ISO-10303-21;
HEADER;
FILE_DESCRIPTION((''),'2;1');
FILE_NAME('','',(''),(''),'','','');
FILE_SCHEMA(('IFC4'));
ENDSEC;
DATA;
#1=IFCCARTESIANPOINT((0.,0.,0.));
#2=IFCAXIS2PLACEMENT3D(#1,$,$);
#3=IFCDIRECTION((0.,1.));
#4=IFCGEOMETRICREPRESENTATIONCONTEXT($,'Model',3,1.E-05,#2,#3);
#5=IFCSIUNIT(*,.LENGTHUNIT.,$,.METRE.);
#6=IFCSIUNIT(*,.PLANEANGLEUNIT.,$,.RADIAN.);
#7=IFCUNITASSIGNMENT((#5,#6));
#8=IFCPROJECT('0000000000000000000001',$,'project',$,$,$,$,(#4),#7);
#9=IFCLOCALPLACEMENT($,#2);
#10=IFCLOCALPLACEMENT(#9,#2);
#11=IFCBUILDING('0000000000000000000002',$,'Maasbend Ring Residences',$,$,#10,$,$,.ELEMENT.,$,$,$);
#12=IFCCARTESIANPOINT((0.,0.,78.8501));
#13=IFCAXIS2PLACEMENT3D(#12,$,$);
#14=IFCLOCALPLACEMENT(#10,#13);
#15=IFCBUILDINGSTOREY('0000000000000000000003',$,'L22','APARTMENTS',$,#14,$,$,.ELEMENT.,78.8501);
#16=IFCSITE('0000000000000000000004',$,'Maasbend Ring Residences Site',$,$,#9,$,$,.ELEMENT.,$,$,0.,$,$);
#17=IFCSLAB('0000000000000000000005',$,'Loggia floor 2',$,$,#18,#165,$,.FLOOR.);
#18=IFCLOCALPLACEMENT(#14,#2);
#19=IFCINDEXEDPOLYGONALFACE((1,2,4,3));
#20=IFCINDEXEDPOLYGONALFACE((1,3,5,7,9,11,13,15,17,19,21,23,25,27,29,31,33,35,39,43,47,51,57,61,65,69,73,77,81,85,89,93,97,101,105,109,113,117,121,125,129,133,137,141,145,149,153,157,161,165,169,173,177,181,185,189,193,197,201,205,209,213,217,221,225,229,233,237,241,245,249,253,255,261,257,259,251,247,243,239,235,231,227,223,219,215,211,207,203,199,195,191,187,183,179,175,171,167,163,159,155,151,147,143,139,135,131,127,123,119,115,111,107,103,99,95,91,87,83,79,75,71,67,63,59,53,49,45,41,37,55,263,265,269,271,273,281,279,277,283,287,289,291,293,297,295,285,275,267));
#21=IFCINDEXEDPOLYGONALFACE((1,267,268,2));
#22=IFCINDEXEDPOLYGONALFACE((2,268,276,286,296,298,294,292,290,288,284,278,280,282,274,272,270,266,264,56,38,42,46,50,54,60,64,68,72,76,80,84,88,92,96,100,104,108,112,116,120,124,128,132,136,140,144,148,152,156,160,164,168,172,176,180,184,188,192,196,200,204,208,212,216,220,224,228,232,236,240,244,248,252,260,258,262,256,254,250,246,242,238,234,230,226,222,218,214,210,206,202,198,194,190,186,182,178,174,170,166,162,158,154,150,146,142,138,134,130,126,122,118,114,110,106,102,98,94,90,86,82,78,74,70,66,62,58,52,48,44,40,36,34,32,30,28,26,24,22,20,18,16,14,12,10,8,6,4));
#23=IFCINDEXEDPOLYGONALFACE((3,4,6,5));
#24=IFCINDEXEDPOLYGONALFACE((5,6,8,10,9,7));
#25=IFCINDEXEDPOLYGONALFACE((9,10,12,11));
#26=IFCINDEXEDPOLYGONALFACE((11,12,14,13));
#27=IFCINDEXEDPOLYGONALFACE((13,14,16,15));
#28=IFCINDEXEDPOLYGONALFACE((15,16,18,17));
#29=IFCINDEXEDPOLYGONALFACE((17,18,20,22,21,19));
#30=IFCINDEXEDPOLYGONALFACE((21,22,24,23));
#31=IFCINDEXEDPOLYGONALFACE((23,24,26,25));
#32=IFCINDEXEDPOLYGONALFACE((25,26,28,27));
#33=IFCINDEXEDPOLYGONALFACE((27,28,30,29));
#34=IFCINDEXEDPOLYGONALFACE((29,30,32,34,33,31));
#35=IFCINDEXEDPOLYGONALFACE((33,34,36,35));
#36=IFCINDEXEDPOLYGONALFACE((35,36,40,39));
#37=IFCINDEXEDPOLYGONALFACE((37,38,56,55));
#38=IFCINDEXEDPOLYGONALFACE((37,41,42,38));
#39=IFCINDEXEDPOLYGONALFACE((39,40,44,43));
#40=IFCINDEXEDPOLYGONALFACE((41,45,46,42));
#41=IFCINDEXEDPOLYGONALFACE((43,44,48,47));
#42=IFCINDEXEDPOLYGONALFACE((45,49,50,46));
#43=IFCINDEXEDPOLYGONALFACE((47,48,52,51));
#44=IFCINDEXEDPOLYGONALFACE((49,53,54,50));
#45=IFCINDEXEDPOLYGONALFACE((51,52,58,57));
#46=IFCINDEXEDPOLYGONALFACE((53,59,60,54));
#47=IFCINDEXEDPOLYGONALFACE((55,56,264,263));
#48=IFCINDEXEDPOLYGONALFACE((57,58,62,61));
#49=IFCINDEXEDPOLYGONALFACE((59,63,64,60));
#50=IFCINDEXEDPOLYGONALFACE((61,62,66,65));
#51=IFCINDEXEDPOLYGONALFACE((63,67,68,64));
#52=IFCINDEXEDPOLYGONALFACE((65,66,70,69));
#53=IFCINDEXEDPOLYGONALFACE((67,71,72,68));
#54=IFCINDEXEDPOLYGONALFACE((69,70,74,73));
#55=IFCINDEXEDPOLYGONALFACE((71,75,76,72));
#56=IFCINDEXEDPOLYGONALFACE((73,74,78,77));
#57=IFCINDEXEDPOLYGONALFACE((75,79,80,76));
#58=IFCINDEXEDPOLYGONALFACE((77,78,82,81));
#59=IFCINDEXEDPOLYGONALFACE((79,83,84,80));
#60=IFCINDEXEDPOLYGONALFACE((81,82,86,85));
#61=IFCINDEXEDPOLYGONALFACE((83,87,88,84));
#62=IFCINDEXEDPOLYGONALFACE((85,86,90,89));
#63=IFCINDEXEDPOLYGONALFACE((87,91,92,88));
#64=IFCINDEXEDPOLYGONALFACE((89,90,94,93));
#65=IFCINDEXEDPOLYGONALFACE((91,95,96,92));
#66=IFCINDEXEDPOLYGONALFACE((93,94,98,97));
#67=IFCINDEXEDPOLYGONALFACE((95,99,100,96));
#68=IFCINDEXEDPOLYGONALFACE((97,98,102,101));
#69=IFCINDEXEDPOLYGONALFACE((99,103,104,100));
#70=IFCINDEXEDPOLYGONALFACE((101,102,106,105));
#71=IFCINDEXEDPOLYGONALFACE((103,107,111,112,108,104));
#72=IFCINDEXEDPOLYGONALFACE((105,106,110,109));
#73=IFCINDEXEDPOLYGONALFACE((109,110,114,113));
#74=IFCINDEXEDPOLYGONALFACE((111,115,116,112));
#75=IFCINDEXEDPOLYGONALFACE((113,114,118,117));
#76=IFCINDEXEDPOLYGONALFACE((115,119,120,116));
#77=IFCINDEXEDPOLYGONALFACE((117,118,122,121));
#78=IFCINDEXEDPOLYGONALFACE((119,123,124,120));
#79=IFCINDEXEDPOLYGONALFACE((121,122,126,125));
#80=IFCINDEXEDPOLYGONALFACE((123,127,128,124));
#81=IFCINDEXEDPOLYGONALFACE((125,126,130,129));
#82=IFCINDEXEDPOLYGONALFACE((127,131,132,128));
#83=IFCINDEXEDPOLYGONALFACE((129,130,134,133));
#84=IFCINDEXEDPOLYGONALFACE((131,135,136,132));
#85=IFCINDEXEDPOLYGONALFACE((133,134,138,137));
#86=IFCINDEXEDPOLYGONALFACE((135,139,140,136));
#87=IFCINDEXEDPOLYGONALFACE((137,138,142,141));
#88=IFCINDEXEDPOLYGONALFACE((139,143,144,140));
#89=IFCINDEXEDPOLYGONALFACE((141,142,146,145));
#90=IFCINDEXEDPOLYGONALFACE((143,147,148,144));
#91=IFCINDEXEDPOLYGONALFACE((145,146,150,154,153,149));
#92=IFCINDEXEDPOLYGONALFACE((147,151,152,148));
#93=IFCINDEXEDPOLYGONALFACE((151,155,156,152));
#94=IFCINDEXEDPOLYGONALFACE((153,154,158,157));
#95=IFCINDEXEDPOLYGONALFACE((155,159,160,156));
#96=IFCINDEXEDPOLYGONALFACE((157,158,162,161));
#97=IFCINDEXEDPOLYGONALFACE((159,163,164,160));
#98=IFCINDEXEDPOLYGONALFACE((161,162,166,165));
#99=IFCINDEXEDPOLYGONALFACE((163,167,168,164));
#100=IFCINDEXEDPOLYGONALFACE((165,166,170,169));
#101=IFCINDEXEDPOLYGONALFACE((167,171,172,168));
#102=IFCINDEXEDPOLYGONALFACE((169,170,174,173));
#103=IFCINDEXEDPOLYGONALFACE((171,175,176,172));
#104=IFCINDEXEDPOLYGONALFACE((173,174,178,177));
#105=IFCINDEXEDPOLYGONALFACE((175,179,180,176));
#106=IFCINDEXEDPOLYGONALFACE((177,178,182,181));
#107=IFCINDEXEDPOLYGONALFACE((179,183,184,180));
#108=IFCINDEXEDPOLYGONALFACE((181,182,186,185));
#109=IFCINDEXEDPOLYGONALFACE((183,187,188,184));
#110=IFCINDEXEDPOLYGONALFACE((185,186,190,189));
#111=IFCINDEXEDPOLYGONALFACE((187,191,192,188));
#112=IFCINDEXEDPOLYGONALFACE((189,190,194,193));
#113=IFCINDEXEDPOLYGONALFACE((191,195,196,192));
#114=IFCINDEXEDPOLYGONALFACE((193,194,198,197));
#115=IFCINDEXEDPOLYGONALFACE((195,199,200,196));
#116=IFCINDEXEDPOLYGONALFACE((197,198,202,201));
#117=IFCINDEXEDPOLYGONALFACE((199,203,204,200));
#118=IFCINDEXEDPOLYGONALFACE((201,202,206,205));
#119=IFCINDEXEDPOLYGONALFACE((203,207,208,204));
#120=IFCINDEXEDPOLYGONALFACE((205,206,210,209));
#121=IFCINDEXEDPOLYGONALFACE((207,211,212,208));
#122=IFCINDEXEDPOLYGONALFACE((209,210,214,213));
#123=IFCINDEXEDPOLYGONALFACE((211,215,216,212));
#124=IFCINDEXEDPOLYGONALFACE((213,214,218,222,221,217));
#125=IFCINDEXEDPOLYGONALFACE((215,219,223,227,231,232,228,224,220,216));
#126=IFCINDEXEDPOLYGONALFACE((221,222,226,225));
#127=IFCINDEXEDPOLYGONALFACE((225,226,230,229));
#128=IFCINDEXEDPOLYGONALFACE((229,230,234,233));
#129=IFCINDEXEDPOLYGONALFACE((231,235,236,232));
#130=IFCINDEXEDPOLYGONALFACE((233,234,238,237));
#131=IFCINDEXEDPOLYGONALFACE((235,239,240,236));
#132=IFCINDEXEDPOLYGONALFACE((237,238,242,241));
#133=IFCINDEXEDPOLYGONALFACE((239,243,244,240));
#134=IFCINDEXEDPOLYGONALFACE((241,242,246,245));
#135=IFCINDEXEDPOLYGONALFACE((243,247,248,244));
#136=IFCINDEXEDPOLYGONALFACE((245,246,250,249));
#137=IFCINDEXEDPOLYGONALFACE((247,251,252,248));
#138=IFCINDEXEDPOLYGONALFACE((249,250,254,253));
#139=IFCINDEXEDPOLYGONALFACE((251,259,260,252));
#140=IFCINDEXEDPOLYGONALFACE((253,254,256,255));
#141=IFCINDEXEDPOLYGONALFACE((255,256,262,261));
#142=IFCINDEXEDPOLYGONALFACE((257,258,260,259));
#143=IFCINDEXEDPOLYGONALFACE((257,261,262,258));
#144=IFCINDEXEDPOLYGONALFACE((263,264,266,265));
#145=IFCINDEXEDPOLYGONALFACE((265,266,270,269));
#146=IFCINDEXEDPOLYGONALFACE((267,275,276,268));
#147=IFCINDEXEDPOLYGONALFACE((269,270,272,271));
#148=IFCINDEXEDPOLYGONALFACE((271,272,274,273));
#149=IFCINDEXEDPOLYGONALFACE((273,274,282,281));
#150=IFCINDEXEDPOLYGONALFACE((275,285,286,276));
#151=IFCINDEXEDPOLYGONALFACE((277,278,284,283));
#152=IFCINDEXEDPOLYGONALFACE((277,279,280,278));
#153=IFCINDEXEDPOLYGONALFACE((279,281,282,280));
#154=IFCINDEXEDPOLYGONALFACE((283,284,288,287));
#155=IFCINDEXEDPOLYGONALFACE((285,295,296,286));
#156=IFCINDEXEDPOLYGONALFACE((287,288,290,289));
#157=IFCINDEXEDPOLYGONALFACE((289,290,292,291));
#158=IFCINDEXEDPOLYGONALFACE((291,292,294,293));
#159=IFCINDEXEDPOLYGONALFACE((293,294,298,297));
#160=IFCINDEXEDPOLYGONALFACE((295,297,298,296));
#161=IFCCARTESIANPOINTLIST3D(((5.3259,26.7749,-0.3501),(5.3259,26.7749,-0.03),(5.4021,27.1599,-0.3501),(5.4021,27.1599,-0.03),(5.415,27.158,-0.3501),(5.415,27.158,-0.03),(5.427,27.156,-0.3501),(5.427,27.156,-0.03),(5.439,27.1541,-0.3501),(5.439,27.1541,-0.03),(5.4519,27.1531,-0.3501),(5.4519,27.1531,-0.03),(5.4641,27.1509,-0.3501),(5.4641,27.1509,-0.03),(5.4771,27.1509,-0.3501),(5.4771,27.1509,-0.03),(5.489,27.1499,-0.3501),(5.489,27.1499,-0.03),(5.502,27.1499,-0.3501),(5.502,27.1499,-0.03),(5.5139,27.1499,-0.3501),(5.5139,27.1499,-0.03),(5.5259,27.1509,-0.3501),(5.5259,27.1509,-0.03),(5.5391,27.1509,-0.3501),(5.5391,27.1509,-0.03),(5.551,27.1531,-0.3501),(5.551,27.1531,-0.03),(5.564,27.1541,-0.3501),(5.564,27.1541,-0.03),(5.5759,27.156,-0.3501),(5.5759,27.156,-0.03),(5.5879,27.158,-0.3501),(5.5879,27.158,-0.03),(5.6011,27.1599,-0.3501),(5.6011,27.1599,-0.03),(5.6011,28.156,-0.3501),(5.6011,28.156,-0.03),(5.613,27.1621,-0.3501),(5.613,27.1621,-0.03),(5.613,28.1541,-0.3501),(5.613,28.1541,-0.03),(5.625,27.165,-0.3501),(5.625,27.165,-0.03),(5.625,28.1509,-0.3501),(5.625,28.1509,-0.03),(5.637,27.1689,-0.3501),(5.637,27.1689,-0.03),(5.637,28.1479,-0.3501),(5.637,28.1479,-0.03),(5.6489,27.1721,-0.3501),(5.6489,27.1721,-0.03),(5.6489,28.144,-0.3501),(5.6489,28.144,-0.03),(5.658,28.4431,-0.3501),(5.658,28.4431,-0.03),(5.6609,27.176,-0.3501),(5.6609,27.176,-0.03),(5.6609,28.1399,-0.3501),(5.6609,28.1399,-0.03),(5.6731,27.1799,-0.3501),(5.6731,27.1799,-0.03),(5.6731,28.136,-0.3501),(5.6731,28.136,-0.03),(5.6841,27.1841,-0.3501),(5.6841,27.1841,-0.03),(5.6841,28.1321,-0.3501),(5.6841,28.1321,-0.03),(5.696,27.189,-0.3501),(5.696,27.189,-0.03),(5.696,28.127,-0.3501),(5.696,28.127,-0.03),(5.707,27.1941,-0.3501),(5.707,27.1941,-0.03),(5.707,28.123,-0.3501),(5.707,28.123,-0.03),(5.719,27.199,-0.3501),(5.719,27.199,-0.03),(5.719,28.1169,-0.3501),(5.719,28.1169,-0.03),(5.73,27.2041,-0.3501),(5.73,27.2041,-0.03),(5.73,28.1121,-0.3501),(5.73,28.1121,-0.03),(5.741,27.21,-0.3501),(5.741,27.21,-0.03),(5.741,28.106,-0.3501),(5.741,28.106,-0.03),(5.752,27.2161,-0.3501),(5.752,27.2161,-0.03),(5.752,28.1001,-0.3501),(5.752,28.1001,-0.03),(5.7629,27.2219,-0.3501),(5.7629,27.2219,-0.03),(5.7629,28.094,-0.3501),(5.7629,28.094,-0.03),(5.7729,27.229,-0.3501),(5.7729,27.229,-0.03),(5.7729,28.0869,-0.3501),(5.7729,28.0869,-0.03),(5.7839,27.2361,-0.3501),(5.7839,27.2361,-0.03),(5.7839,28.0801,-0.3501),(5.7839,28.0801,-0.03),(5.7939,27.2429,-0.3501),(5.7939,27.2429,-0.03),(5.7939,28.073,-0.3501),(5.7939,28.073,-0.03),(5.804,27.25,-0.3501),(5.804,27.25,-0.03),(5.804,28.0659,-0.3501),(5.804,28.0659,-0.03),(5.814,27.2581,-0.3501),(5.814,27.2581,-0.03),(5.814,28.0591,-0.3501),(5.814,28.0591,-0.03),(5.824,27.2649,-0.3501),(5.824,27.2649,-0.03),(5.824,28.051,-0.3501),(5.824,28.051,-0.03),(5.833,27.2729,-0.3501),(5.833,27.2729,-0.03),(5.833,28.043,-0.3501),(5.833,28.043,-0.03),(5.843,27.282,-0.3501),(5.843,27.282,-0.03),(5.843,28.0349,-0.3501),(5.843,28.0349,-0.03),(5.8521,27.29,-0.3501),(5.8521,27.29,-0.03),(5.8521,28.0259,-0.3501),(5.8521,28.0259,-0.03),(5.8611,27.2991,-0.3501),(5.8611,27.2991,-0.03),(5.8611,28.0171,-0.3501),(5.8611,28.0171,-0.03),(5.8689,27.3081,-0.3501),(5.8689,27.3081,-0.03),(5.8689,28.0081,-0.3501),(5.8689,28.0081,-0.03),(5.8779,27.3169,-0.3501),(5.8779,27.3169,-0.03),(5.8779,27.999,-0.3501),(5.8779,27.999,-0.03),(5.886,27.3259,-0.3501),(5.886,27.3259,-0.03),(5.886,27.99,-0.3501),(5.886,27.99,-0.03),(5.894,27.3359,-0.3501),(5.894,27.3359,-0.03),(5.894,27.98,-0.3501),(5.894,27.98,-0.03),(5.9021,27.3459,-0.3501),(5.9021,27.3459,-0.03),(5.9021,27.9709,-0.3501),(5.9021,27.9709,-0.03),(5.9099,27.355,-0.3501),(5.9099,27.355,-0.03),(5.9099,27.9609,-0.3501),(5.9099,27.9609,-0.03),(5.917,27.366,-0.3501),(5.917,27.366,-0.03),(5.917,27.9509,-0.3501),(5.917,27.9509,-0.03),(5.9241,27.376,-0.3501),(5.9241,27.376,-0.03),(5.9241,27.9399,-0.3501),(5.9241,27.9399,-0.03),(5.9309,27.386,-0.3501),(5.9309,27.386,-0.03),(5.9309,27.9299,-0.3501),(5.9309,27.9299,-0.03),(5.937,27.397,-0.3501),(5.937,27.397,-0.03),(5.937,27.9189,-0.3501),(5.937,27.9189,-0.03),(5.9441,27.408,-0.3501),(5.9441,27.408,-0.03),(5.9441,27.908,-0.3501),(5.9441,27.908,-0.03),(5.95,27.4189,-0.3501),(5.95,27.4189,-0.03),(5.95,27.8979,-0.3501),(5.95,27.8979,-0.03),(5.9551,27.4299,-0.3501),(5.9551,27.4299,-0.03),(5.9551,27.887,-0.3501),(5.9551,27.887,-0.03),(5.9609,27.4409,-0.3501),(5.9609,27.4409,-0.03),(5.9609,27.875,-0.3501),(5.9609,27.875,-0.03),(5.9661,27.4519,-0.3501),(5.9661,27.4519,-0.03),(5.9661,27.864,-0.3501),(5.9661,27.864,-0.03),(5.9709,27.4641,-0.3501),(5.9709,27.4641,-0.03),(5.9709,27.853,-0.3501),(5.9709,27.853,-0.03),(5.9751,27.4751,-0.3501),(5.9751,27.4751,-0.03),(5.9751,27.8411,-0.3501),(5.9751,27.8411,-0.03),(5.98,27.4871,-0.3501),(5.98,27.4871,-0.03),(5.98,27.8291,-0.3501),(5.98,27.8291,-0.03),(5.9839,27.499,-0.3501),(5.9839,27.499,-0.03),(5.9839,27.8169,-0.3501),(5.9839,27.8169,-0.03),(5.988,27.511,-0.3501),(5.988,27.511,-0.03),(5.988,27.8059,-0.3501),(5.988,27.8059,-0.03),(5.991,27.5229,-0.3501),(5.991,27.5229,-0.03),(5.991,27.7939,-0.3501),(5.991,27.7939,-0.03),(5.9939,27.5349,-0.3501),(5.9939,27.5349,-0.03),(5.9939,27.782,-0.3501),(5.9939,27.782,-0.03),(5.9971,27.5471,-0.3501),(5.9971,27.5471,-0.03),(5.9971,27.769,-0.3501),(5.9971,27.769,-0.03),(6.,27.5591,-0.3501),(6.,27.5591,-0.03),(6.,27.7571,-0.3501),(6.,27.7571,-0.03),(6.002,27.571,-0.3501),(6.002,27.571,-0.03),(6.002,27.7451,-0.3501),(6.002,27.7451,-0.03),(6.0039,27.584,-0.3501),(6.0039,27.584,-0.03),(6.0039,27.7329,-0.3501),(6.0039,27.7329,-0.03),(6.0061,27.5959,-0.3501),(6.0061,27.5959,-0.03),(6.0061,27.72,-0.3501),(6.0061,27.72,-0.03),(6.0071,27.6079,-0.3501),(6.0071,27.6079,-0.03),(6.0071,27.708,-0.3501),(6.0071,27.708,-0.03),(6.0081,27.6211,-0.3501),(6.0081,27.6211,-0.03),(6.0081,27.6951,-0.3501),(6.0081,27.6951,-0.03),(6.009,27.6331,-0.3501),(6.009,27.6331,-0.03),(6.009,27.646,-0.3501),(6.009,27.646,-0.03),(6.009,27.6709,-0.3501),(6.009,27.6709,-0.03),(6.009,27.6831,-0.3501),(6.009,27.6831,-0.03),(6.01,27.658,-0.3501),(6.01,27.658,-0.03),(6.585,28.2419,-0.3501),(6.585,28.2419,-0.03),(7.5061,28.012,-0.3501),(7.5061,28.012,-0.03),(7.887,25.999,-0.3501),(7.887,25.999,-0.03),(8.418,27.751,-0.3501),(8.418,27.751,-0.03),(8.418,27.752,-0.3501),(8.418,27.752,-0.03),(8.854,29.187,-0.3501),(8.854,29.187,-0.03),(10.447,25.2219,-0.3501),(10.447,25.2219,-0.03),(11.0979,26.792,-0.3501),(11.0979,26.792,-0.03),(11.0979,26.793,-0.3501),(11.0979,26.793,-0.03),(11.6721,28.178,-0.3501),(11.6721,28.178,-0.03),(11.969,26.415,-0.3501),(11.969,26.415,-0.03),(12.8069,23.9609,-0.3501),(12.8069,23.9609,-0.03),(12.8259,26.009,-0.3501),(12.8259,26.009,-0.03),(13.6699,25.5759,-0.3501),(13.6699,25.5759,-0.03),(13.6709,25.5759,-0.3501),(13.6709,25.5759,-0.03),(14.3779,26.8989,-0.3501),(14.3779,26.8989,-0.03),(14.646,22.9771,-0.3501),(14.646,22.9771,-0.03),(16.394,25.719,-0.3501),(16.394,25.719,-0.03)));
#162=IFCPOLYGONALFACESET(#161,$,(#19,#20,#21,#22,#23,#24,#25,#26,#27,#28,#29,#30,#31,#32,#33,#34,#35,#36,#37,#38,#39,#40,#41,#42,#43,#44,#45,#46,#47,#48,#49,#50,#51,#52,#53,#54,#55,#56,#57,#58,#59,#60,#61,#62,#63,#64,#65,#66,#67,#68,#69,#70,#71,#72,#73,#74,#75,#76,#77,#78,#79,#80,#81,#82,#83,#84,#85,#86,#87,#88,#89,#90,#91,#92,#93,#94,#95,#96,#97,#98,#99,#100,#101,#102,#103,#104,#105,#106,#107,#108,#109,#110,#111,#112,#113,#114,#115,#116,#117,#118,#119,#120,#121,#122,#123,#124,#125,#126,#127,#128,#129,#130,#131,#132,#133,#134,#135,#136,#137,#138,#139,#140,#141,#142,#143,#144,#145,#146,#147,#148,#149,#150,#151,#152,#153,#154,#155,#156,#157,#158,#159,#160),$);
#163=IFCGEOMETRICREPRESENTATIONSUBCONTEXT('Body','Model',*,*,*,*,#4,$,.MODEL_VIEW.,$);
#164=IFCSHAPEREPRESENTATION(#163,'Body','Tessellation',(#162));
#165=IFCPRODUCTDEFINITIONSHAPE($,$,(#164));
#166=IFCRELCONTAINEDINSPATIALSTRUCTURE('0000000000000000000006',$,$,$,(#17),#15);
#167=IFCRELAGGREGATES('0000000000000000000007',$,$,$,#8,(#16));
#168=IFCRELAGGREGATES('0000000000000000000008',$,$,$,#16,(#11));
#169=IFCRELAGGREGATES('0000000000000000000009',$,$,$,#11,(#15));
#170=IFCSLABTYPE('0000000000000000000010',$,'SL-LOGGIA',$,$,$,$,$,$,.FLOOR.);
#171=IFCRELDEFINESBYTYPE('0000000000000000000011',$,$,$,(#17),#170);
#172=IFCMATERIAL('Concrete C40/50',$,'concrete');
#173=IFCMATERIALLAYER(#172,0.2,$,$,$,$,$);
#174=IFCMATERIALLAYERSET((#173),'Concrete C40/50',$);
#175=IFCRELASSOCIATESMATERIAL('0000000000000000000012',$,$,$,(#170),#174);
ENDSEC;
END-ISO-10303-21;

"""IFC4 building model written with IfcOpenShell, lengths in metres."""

from ifc_helpers import new_model, si_unit, direction, frame, origin, place, context, subcontext, project, spatial, polyline, outline, extrude, material, layer, layer_set, type_object, element, save


model = new_model("IFC4")

# Units and contexts
model_context = context("Model", 3, precision=1e-05, world=origin(), true_north=direction((0.0, 1.0)))
body_context = subcontext(model_context, "Body", "Model", "MODEL_VIEW")
ifc_project = project(units=[si_unit("LENGTHUNIT", "METRE"), si_unit("PLANEANGLEUNIT", "RADIAN")], contexts=[model_context])

# Site, building, storey
site_placement = place(None, origin())
site = spatial("IfcSite", under=ifc_project, at=site_placement, Name="Maasbend Ring Residences Site", CompositionType="ELEMENT", RefElevation=0.0)
building_placement = place(site_placement, origin())
building = spatial("IfcBuilding", under=site, at=building_placement, Name="Maasbend Ring Residences", CompositionType="ELEMENT")
storey_placement = place(building_placement, frame((0.0, 0.0, 78.8501)))
storey = spatial("IfcBuildingStorey", under=building, at=storey_placement, Name="L22", Description="APARTMENTS", CompositionType="ELEMENT", Elevation=78.8501)

# Slab
ifc_material_1 = material(Name="Concrete C40/50", Category="concrete")
ifc_layer_1 = layer(ifc_material_1, 0.2)
ifc_layer_set_1 = layer_set([ifc_layer_1], Name="Concrete C40/50")
slab_type_1 = type_object("IfcSlabType", Name="SL-LOGGIA", PredefinedType="FLOOR", material=ifc_layer_set_1)
slab_1_placement = place(storey_placement, frame((0.0, 0.0, -0.3501)))
element("IfcSlab", 1, at=slab_1_placement, inside=storey, type_object=slab_type_1, Name="Loggia floor 2", PredefinedType="FLOOR", context=body_context, shape_type="SweptSolid", body=[
    extrude(outline(polyline([(5.439, 27.1541), (5.4519, 27.1531), (5.4641, 27.1509), (5.4771, 27.1509), (5.489, 27.1499), (5.502, 27.1499), (5.5139, 27.1499), (5.5259, 27.1509), (5.5391, 27.1509), (5.551, 27.1531), (5.564, 27.1541), (5.5759, 27.156), (5.5879, 27.158), (5.6011, 27.1599), (5.613, 27.1621), (5.625, 27.165), (5.637, 27.1689), (5.6489, 27.1721), (5.6609, 27.176), (5.6731, 27.1799), (5.6841, 27.1841), (5.696, 27.189), (5.707, 27.1941), (5.719, 27.199), (5.73, 27.2041), (5.741, 27.21), (5.752, 27.2161), (5.7629, 27.2219), (5.7729, 27.229), (5.7839, 27.2361), (5.7939, 27.2429), (5.804, 27.25), (5.814, 27.2581), (5.824, 27.2649), (5.833, 27.2729), (5.843, 27.282), (5.8521, 27.29), (5.8611, 27.2991), (5.8689, 27.3081), (5.8779, 27.3169), (5.886, 27.3259), (5.894, 27.3359), (5.9021, 27.3459), (5.9099, 27.355), (5.917, 27.366), (5.9241, 27.376), (5.9309, 27.386), (5.937, 27.397), (5.9441, 27.408), (5.95, 27.4189), (5.9551, 27.4299), (5.9609, 27.4409), (5.9661, 27.4519), (5.9709, 27.4641), (5.9751, 27.4751), (5.98, 27.4871), (5.9839, 27.499), (5.988, 27.511), (5.991, 27.5229), (5.9939, 27.5349), (5.9971, 27.5471), (6.0, 27.5591), (6.002, 27.571), (6.0039, 27.584), (6.0061, 27.5959), (6.0071, 27.6079), (6.0081, 27.6211), (6.009, 27.6331), (6.009, 27.646), (6.01, 27.658), (6.009, 27.6709), (6.009, 27.6831), (6.0081, 27.6951), (6.0071, 27.708), (6.0061, 27.72), (6.0039, 27.7329), (6.002, 27.7451), (6.0, 27.7571), (5.9971, 27.769), (5.9939, 27.782), (5.991, 27.7939), (5.988, 27.8059), (5.9839, 27.8169), (5.98, 27.8291), (5.9751, 27.8411), (5.9709, 27.853), (5.9661, 27.864), (5.9609, 27.875), (5.9551, 27.887), (5.95, 27.8979), (5.9441, 27.908), (5.937, 27.9189), (5.9309, 27.9299), (5.9241, 27.9399), (5.917, 27.9509), (5.9099, 27.9609), (5.9021, 27.9709), (5.894, 27.98), (5.886, 27.99), (5.8779, 27.999), (5.8689, 28.0081), (5.8611, 28.0171), (5.8521, 28.0259), (5.843, 28.0349), (5.833, 28.043), (5.824, 28.051), (5.814, 28.0591), (5.804, 28.0659), (5.7939, 28.073), (5.7839, 28.0801), (5.7729, 28.0869), (5.7629, 28.094), (5.752, 28.1001), (5.741, 28.106), (5.73, 28.1121), (5.719, 28.1169), (5.707, 28.123), (5.696, 28.127), (5.6841, 28.1321), (5.6731, 28.136), (5.6609, 28.1399), (5.6489, 28.144), (5.637, 28.1479), (5.625, 28.1509), (5.613, 28.1541), (5.6011, 28.156), (5.658, 28.4431), (5.658, 28.4431), (5.658, 28.4431), (6.585, 28.2419), (6.585, 28.2419), (7.5061, 28.012), (7.5061, 28.012), (8.418, 27.751), (8.418, 27.751), (8.418, 27.751), (8.418, 27.751), (8.418, 27.751), (8.418, 27.751), (8.418, 27.751), (8.418, 27.751), (8.418, 27.751), (8.418, 27.751), (8.418, 27.752), (8.418, 27.752), (8.418, 27.752), (8.418, 27.752), (8.418, 27.752), (8.418, 27.752), (8.418, 27.752), (8.854, 29.187), (8.854, 29.187), (8.854, 29.187), (11.6721, 28.178), (11.6721, 28.178), (11.6721, 28.178), (11.0979, 26.793), (11.0979, 26.793), (11.0979, 26.793), (11.0979, 26.793), (11.0979, 26.793), (11.0979, 26.793), (11.0979, 26.793), (11.0979, 26.793), (11.0979, 26.793), (11.0979, 26.793), (11.0979, 26.792), (11.0979, 26.792), (11.0979, 26.792), (11.0979, 26.792), (11.0979, 26.792), (11.0979, 26.792), (11.0979, 26.792), (11.969, 26.415), (11.969, 26.415), (12.8259, 26.009), (12.8259, 26.009), (13.6699, 25.5759), (13.6699, 25.5759), (13.6699, 25.5759), (13.6699, 25.5759), (13.6699, 25.5759), (13.6699, 25.5759), (13.6699, 25.5759), (13.6699, 25.5759), (13.6699, 25.5759), (13.6699, 25.5759), (13.6709, 25.5759), (13.6709, 25.5759), (13.6709, 25.5759), (13.6709, 25.5759), (13.6709, 25.5759), (13.6709, 25.5759), (13.6709, 25.5759), (14.3779, 26.8989), (14.3779, 26.8989), (14.3779, 26.8989), (16.394, 25.719), (16.394, 25.719), (16.394, 25.719), (14.646, 22.9771), (14.646, 22.9771), (14.646, 22.9771), (12.8069, 23.9609), (10.447, 25.2219), (10.447, 25.2219), (10.447, 25.2219), (7.887, 25.999), (5.3259, 26.7749), (5.3259, 26.7749), (5.3259, 26.7749), (5.4021, 27.1599), (5.415, 27.158), (5.427, 27.156), (5.439, 27.1541)])), origin(), (0.0, 0.0, 1.0), 0.3201),
])

save(model, "model.ifc")
